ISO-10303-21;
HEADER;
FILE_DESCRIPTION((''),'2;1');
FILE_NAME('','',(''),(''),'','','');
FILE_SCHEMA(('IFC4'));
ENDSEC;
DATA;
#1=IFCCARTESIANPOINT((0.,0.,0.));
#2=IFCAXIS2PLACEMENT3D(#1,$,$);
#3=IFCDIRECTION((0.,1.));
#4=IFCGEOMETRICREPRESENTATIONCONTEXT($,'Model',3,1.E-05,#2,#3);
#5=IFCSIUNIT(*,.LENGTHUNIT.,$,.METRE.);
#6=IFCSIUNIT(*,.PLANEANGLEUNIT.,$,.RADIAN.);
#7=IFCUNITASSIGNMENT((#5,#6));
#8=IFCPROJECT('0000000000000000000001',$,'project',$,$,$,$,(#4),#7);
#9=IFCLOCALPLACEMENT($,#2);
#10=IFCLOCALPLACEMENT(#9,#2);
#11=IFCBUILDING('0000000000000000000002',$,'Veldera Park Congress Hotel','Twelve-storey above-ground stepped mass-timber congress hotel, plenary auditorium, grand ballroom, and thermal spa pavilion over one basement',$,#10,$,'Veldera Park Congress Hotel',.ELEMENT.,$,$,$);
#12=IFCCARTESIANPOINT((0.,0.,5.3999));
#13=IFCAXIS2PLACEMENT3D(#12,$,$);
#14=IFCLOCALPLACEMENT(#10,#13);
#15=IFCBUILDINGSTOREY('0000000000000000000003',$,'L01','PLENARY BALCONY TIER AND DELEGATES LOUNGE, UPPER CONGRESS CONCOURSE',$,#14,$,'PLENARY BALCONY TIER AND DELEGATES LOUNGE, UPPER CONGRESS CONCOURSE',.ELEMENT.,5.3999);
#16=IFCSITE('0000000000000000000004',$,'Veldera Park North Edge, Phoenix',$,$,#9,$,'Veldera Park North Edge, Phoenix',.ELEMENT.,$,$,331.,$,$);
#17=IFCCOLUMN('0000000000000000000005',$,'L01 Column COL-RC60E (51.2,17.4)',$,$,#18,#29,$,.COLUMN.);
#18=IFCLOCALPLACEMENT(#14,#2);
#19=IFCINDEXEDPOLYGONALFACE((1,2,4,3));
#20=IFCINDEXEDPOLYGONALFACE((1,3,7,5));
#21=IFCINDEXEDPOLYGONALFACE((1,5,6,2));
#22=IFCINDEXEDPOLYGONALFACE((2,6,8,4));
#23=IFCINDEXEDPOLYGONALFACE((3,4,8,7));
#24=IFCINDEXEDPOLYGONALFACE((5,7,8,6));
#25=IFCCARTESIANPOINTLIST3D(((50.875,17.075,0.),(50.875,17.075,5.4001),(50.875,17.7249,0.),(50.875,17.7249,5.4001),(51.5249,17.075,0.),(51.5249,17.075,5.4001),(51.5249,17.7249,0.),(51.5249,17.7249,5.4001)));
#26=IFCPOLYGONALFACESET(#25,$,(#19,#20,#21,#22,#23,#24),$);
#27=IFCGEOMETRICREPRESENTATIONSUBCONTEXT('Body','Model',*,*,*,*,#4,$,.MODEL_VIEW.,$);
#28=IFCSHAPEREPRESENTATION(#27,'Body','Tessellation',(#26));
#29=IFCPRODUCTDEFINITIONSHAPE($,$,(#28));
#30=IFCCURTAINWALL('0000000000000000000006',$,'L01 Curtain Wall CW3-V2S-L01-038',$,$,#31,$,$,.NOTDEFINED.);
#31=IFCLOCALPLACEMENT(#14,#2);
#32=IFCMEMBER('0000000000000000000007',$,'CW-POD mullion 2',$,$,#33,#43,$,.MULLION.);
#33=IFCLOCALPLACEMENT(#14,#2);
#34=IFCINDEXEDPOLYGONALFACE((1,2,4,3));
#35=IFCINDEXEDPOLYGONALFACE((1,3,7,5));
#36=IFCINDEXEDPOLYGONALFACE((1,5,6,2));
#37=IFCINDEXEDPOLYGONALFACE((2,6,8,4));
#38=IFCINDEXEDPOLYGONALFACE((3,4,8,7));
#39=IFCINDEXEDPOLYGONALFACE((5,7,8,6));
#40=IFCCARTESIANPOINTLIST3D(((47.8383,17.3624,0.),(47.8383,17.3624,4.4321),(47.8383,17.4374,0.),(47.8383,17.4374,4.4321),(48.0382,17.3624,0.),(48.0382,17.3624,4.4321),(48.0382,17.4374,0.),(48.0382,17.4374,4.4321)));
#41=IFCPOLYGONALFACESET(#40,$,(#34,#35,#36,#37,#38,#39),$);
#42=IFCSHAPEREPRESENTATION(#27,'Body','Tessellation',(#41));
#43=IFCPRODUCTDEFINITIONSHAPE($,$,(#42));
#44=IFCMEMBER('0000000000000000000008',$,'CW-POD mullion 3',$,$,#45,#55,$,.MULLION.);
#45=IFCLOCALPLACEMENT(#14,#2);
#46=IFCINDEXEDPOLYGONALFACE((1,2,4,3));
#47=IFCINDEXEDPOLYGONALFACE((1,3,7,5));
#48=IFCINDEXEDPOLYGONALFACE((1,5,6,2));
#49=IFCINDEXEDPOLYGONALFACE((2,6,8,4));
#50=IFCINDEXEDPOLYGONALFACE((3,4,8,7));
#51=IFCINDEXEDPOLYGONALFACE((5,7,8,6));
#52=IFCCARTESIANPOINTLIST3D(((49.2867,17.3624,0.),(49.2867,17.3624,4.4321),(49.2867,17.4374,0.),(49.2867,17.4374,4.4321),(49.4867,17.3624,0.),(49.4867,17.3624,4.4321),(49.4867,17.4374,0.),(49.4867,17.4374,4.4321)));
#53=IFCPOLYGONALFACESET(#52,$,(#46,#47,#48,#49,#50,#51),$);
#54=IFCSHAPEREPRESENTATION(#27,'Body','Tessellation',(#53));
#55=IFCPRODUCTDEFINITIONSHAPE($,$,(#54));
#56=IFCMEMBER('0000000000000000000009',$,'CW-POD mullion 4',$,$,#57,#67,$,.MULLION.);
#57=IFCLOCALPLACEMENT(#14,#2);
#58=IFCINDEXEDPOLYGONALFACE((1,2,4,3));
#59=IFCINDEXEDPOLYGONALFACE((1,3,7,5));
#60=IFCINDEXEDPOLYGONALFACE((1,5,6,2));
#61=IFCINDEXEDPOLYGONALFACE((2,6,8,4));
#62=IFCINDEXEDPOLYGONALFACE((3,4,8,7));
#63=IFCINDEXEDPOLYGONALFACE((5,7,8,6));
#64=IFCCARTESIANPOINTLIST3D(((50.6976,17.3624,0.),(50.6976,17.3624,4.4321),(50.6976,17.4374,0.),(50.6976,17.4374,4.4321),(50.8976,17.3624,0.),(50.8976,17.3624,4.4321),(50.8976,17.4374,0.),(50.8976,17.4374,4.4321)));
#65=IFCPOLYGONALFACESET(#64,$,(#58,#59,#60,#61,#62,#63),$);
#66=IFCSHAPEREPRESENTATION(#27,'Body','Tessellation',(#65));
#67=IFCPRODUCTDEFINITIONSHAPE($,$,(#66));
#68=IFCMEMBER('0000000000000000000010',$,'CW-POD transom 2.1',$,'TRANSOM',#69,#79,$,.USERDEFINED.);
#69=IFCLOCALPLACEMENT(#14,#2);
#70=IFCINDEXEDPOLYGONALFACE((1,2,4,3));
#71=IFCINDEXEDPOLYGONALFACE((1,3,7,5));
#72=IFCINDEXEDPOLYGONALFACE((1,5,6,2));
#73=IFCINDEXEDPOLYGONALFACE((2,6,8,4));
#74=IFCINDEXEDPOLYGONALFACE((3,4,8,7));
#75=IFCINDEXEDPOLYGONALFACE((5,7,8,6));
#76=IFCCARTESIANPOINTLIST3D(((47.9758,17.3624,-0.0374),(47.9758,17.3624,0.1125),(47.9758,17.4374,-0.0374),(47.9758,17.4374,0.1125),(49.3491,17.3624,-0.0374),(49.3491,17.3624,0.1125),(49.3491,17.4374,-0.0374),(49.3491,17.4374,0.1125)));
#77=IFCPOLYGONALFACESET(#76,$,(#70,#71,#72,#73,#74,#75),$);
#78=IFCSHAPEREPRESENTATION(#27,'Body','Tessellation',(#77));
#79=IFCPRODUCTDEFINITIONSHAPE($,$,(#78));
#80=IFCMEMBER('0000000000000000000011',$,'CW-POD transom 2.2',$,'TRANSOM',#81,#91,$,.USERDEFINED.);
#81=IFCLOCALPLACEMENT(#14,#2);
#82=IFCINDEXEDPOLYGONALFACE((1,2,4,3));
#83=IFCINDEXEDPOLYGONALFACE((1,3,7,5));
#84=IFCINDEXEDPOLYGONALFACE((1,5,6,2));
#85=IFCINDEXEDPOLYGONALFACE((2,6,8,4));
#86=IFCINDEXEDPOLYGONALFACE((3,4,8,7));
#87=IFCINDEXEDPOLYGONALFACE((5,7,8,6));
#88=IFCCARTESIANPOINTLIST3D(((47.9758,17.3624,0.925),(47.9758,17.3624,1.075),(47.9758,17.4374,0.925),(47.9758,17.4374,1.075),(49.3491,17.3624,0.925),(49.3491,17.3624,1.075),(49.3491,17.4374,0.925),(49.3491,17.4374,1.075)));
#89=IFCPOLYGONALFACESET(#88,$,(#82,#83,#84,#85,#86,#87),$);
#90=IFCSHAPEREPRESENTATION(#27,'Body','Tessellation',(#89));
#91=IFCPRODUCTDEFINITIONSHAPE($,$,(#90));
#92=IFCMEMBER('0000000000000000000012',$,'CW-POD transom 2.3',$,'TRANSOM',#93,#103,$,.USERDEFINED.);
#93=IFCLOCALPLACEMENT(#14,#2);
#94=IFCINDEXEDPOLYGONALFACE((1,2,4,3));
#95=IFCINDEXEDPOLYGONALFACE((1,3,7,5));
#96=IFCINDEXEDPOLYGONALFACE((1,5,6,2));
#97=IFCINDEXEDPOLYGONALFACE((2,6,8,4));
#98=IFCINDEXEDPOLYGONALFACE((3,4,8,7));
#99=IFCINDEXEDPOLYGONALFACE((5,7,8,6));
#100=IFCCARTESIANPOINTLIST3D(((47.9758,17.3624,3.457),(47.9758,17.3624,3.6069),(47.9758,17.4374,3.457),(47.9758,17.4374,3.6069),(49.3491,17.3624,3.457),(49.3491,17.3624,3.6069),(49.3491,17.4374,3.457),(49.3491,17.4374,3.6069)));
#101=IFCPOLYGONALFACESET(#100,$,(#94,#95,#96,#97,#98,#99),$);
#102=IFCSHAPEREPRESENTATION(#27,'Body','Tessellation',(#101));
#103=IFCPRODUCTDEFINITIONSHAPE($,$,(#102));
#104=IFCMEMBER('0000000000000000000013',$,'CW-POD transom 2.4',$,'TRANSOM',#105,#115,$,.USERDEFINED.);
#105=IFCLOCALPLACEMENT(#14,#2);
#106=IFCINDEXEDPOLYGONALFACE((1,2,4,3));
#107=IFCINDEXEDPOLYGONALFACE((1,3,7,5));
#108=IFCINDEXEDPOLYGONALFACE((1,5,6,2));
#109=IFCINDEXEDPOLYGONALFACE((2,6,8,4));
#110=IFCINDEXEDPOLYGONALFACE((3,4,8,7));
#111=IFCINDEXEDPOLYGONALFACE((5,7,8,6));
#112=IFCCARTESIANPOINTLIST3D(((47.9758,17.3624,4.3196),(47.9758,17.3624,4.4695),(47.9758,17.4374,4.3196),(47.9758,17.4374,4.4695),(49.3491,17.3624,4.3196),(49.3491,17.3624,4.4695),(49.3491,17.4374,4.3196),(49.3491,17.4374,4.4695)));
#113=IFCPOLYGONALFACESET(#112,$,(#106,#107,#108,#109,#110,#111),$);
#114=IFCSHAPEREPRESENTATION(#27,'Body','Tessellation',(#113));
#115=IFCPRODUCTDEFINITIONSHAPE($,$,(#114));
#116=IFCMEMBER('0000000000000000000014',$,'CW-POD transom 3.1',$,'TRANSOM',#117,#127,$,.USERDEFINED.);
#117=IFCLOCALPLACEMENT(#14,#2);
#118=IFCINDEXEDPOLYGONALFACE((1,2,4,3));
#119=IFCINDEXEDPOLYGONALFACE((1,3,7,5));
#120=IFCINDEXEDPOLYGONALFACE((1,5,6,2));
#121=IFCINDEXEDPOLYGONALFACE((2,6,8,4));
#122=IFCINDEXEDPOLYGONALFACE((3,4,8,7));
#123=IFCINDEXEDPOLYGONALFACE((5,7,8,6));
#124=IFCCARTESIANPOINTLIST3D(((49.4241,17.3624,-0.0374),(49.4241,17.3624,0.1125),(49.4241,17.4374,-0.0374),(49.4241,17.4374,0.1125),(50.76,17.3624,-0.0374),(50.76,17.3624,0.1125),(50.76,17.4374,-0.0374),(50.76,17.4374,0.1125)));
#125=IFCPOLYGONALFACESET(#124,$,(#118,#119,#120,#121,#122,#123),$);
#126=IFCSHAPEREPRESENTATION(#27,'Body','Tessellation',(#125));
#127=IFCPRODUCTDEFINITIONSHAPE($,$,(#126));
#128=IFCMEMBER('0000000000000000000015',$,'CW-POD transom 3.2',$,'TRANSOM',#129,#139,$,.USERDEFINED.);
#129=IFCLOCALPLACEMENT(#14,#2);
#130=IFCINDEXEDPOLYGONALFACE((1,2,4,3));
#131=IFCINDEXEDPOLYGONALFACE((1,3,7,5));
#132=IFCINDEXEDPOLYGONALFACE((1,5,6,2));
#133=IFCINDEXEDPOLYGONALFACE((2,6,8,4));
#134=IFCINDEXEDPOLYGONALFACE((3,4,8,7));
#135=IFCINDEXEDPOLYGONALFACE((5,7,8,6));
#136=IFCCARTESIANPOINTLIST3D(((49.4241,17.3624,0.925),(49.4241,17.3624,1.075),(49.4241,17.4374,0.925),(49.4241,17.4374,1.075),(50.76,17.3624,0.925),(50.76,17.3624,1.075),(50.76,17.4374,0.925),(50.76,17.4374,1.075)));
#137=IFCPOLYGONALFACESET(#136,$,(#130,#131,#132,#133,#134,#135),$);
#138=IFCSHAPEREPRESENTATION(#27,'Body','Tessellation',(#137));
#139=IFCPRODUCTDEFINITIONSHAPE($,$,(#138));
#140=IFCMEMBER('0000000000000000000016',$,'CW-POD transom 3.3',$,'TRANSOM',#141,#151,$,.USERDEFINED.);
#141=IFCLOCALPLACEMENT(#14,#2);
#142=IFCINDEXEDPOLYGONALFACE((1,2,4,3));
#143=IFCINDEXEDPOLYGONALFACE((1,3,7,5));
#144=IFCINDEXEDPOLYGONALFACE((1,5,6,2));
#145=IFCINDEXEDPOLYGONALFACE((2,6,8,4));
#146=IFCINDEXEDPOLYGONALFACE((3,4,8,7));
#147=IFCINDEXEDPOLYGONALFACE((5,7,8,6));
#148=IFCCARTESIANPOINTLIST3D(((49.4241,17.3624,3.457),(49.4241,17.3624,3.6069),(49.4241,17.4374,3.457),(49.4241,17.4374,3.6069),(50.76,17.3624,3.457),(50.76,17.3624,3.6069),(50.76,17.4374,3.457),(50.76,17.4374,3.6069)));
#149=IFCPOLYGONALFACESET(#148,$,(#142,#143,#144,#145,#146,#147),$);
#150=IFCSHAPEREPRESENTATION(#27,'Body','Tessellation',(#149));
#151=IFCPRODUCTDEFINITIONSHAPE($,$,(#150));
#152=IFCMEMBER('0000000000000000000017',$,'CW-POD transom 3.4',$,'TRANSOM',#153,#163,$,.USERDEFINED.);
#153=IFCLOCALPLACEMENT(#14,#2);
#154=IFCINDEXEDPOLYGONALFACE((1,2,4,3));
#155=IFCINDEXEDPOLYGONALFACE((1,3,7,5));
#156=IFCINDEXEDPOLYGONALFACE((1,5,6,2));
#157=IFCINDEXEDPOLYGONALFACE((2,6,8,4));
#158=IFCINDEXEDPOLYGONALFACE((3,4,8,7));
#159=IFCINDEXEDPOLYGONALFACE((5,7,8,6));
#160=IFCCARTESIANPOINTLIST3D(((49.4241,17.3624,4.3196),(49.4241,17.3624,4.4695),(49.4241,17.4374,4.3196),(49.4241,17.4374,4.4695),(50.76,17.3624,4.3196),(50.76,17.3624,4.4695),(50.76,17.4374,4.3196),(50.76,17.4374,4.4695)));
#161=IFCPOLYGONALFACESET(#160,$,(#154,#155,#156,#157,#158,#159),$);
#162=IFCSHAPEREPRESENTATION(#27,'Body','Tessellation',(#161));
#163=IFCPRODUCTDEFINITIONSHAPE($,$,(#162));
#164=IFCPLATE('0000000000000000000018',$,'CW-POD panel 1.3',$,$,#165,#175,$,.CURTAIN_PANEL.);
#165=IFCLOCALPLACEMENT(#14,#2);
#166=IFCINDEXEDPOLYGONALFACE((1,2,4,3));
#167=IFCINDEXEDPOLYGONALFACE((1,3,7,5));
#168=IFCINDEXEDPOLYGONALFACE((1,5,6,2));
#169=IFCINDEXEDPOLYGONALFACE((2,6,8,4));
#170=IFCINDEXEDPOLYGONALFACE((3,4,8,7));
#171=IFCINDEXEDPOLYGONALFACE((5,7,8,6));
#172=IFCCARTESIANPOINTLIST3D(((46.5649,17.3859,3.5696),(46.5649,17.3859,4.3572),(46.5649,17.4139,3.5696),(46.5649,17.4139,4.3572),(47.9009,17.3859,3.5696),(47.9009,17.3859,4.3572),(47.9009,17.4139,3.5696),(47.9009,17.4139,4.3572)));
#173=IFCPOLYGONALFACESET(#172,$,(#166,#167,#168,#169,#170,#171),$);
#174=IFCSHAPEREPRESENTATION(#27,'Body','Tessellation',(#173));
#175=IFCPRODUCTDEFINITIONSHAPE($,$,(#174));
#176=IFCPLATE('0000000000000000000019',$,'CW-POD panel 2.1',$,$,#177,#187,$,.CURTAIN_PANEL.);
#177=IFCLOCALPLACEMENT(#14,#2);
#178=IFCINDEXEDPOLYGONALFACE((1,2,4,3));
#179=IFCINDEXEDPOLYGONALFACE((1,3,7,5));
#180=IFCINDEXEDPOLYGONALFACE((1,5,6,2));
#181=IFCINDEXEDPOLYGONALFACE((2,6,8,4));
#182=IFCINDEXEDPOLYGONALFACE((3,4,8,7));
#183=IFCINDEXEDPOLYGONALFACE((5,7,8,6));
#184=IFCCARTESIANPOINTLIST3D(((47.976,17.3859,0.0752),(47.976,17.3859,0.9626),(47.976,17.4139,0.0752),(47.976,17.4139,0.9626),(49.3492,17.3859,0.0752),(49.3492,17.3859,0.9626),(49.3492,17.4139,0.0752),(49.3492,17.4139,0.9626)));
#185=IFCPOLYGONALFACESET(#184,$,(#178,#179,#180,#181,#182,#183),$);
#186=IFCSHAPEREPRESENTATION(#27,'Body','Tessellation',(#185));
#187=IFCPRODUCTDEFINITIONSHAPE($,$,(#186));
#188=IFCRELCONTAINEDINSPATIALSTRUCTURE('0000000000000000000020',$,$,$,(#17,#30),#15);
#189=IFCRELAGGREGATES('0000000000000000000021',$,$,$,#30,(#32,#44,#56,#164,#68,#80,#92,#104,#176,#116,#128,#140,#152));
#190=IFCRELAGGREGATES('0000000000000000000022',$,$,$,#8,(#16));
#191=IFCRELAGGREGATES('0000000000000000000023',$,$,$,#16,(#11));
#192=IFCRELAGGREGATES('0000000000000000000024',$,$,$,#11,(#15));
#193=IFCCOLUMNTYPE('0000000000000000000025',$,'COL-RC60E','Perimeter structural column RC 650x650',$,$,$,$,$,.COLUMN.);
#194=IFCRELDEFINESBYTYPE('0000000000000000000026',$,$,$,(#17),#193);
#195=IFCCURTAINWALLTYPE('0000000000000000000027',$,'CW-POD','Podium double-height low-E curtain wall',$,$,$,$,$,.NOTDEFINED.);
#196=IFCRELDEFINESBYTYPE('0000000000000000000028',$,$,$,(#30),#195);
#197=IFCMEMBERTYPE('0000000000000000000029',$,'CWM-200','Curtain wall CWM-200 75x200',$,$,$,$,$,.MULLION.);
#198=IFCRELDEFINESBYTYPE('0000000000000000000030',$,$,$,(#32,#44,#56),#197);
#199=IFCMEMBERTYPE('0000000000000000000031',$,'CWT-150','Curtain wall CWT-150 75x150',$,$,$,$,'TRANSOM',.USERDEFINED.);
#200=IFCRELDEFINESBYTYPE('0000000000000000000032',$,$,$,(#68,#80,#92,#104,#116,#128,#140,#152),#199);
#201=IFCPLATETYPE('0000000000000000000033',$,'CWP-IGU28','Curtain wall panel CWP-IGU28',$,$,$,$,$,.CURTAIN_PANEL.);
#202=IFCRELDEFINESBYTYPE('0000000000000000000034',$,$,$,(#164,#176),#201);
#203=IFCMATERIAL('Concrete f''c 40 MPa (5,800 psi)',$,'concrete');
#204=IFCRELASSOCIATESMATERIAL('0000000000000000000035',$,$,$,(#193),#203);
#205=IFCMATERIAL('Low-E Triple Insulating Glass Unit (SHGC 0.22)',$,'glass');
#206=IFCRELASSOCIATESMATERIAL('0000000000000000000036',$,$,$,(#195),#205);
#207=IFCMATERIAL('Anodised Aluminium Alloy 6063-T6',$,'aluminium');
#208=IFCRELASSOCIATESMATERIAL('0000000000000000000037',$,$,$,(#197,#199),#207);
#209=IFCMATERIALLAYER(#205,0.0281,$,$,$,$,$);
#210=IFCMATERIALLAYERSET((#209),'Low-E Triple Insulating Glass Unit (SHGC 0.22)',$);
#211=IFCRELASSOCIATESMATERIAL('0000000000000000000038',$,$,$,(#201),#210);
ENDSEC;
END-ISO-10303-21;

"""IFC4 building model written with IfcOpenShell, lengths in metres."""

from ifc_helpers import new_model, si_unit, direction, frame, origin, origin_2d, place, context, subcontext, project, spatial, rectangle, extrude, material, layer, layer_set, material_profile, profile_set, type_object, element, aggregate, save


model = new_model("IFC4")

# Units and contexts
model_context = context("Model", 3, precision=1e-05, world=origin(), true_north=direction((0.0, 1.0)))
body_context = subcontext(model_context, "Body", "Model", "MODEL_VIEW")
ifc_project = project(units=[si_unit("LENGTHUNIT", "METRE"), si_unit("PLANEANGLEUNIT", "RADIAN")], contexts=[model_context])

# Site, building, storey
site_placement = place(None, origin())
site = spatial("IfcSite", under=ifc_project, at=site_placement, Name="Veldera Park North Edge, Phoenix", LongName="Veldera Park North Edge, Phoenix", CompositionType="ELEMENT", RefElevation=331.0)
building_placement = place(site_placement, origin())
building = spatial("IfcBuilding", under=site, at=building_placement, Name="Veldera Park Congress Hotel", Description="Twelve-storey above-ground stepped mass-timber congress hotel, plenary auditorium, grand ballroom, and thermal spa pavilion over one basement", LongName="Veldera Park Congress Hotel", CompositionType="ELEMENT")
storey_placement = place(building_placement, frame((0.0, 0.0, 5.3999)))
storey = spatial("IfcBuildingStorey", under=building, at=storey_placement, Name="L01", Description="PLENARY BALCONY TIER AND DELEGATES LOUNGE, UPPER CONGRESS CONCOURSE", LongName="PLENARY BALCONY TIER AND DELEGATES LOUNGE, UPPER CONGRESS CONCOURSE", CompositionType="ELEMENT", Elevation=5.3999)

# Column
ifc_material_1 = material(Name="Concrete f'c 40 MPa (5,800 psi)", Category="concrete")
ifc_material_profile_1 = material_profile(ifc_material_1, rectangle(XDim=0.6499, YDim=0.6499, at=origin_2d()), Name="RC 650x650")
ifc_profile_set_1 = profile_set([ifc_material_profile_1], Name="Concrete f'c 40 MPa (5,800 psi)")
column_type = type_object("IfcColumnType", Name="COL-RC60E", Description="Perimeter structural column RC 650x650", PredefinedType="COLUMN", material=ifc_profile_set_1)
column_placement = place(storey_placement, frame((51.2, 17.3999, 0.0), z_axis=(0.0, 0.0, 1.0), x_axis=(1.0, 0.0, 0.0)))
element("IfcColumn", 1, at=column_placement, inside=storey, type_object=column_type, Name="L01 Column COL-RC60E (51.2,17.4)", PredefinedType="COLUMN", context=body_context, shape_type="SweptSolid", body=[
    extrude(rectangle(XDim=0.6499, YDim=0.6499, at=origin_2d()), origin(), (0.0, 0.0, 1.0), 5.4001),
])

# Curtain wall, members, plates
ifc_material_2 = material(Name="Low-E Triple Insulating Glass Unit (SHGC 0.22)", Category="glass")
curtain_wall_type = type_object("IfcCurtainWallType", Name="CW-POD", Description="Podium double-height low-E curtain wall", PredefinedType="NOTDEFINED", material=ifc_material_2)
curtain_wall_placement = place(storey_placement, origin())
curtain_wall = element("IfcCurtainWall", 2, at=curtain_wall_placement, inside=storey, type_object=curtain_wall_type, Name="L01 Curtain Wall CW3-V2S-L01-038", PredefinedType="NOTDEFINED")
ifc_material_3 = material(Name="Anodised Aluminium Alloy 6063-T6", Category="aluminium")
ifc_material_profile_2 = material_profile(ifc_material_3, rectangle(XDim=0.075, YDim=0.2, at=origin_2d()), Name="ALU 75x200")
ifc_profile_set_2 = profile_set([ifc_material_profile_2], Name="Anodised Aluminium Alloy 6063-T6")
member_type_1 = type_object("IfcMemberType", Name="CWM-200", Description="Curtain wall CWM-200 75x200", PredefinedType="MULLION", material=ifc_profile_set_2)
member_1_placement = place(storey_placement, frame((47.9382, 17.3999, 0.0), z_axis=(0.0, 0.0, 1.0), x_axis=(0.0, 1.0, 0.0)))
member_1 = element("IfcMember", 3, at=member_1_placement, type_object=member_type_1, Name="CW-POD mullion 2", PredefinedType="MULLION", context=body_context, shape_type="SweptSolid", body=[
    extrude(rectangle(XDim=0.075, YDim=0.2, at=origin_2d()), origin(), (0.0, 0.0, 1.0), 4.4321),
])
member_2_placement = place(storey_placement, frame((49.3867, 17.3999, 0.0), z_axis=(0.0, 0.0, 1.0), x_axis=(0.0, 1.0, 0.0)))
member_2 = element("IfcMember", 4, at=member_2_placement, type_object=member_type_1, Name="CW-POD mullion 3", PredefinedType="MULLION", context=body_context, shape_type="SweptSolid", body=[
    extrude(rectangle(XDim=0.075, YDim=0.2, at=origin_2d()), origin(), (0.0, 0.0, 1.0), 4.4321),
])
member_3_placement = place(storey_placement, frame((50.7976, 17.3999, 0.0), z_axis=(0.0, 0.0, 1.0), x_axis=(0.0, 1.0, 0.0)))
member_3 = element("IfcMember", 5, at=member_3_placement, type_object=member_type_1, Name="CW-POD mullion 4", PredefinedType="MULLION", context=body_context, shape_type="SweptSolid", body=[
    extrude(rectangle(XDim=0.075, YDim=0.2, at=origin_2d()), origin(), (0.0, 0.0, 1.0), 4.4321),
])
ifc_material_profile_3 = material_profile(ifc_material_3, rectangle(XDim=0.075, YDim=0.1499, at=origin_2d()), Name="ALU 75x150")
ifc_profile_set_3 = profile_set([ifc_material_profile_3], Name="Anodised Aluminium Alloy 6063-T6")
member_type_2 = type_object("IfcMemberType", Name="CWT-150", Description="Curtain wall CWT-150 75x150", ElementType="TRANSOM", PredefinedType="USERDEFINED", material=ifc_profile_set_3)
member_4_placement = place(storey_placement, frame((47.9758, 17.3999, 0.0376), z_axis=(1.0, 0.0, 0.0), x_axis=(0.0, 1.0, 0.0)))
member_4 = element("IfcMember", 6, at=member_4_placement, type_object=member_type_2, Name="CW-POD transom 2.1", ObjectType="TRANSOM", PredefinedType="USERDEFINED", context=body_context, shape_type="SweptSolid", body=[
    extrude(rectangle(XDim=0.075, YDim=0.1499, at=origin_2d()), origin(), (0.0, 0.0, 1.0), 1.3733),
])
member_5_placement = place(storey_placement, frame((47.9758, 17.3999, 1.0), z_axis=(1.0, 0.0, 0.0), x_axis=(0.0, 1.0, 0.0)))
member_5 = element("IfcMember", 7, at=member_5_placement, type_object=member_type_2, Name="CW-POD transom 2.2", ObjectType="TRANSOM", PredefinedType="USERDEFINED", context=body_context, shape_type="SweptSolid", body=[
    extrude(rectangle(XDim=0.075, YDim=0.1499, at=origin_2d()), origin(), (0.0, 0.0, 1.0), 1.3733),
])
member_6_placement = place(storey_placement, frame((47.9758, 17.3999, 3.532), z_axis=(1.0, 0.0, 0.0), x_axis=(0.0, 1.0, 0.0)))
member_6 = element("IfcMember", 8, at=member_6_placement, type_object=member_type_2, Name="CW-POD transom 2.3", ObjectType="TRANSOM", PredefinedType="USERDEFINED", context=body_context, shape_type="SweptSolid", body=[
    extrude(rectangle(XDim=0.075, YDim=0.1499, at=origin_2d()), origin(), (0.0, 0.0, 1.0), 1.3733),
])
member_7_placement = place(storey_placement, frame((47.9758, 17.3999, 4.3945), z_axis=(1.0, 0.0, 0.0), x_axis=(0.0, 1.0, 0.0)))
member_7 = element("IfcMember", 9, at=member_7_placement, type_object=member_type_2, Name="CW-POD transom 2.4", ObjectType="TRANSOM", PredefinedType="USERDEFINED", context=body_context, shape_type="SweptSolid", body=[
    extrude(rectangle(XDim=0.075, YDim=0.1499, at=origin_2d()), origin(), (0.0, 0.0, 1.0), 1.3733),
])
member_8_placement = place(storey_placement, frame((49.4241, 17.3999, 0.0376), z_axis=(1.0, 0.0, 0.0), x_axis=(0.0, 1.0, 0.0)))
member_8 = element("IfcMember", 10, at=member_8_placement, type_object=member_type_2, Name="CW-POD transom 3.1", ObjectType="TRANSOM", PredefinedType="USERDEFINED", context=body_context, shape_type="SweptSolid", body=[
    extrude(rectangle(XDim=0.075, YDim=0.1499, at=origin_2d()), origin(), (0.0, 0.0, 1.0), 1.3359),
])
member_9_placement = place(storey_placement, frame((49.4241, 17.3999, 1.0), z_axis=(1.0, 0.0, 0.0), x_axis=(0.0, 1.0, 0.0)))
member_9 = element("IfcMember", 11, at=member_9_placement, type_object=member_type_2, Name="CW-POD transom 3.2", ObjectType="TRANSOM", PredefinedType="USERDEFINED", context=body_context, shape_type="SweptSolid", body=[
    extrude(rectangle(XDim=0.075, YDim=0.1499, at=origin_2d()), origin(), (0.0, 0.0, 1.0), 1.3359),
])
member_10_placement = place(storey_placement, frame((49.4241, 17.3999, 3.532), z_axis=(1.0, 0.0, 0.0), x_axis=(0.0, 1.0, 0.0)))
member_10 = element("IfcMember", 12, at=member_10_placement, type_object=member_type_2, Name="CW-POD transom 3.3", ObjectType="TRANSOM", PredefinedType="USERDEFINED", context=body_context, shape_type="SweptSolid", body=[
    extrude(rectangle(XDim=0.075, YDim=0.1499, at=origin_2d()), origin(), (0.0, 0.0, 1.0), 1.3359),
])
member_11_placement = place(storey_placement, frame((49.4241, 17.3999, 4.3945), z_axis=(1.0, 0.0, 0.0), x_axis=(0.0, 1.0, 0.0)))
member_11 = element("IfcMember", 13, at=member_11_placement, type_object=member_type_2, Name="CW-POD transom 3.4", ObjectType="TRANSOM", PredefinedType="USERDEFINED", context=body_context, shape_type="SweptSolid", body=[
    extrude(rectangle(XDim=0.075, YDim=0.1499, at=origin_2d()), origin(), (0.0, 0.0, 1.0), 1.3359),
])
ifc_layer = layer(ifc_material_2, 0.0281)
ifc_layer_set = layer_set([ifc_layer], Name="Low-E Triple Insulating Glass Unit (SHGC 0.22)")
plate_type = type_object("IfcPlateType", Name="CWP-IGU28", Description="Curtain wall panel CWP-IGU28", PredefinedType="CURTAIN_PANEL", material=ifc_layer_set)
plate_1_placement = place(storey_placement, frame((47.2329, 17.3999, 3.5696), z_axis=(0.0, 0.0, 1.0), x_axis=(1.0, 0.0, 0.0)))
plate_1 = element("IfcPlate", 14, at=plate_1_placement, type_object=plate_type, Name="CW-POD panel 1.3", PredefinedType="CURTAIN_PANEL", context=body_context, shape_type="SweptSolid", body=[
    extrude(rectangle(XDim=1.3359, YDim=0.0281, at=origin_2d()), origin(), (0.0, 0.0, 1.0), 0.7876),
])
plate_2_placement = place(storey_placement, frame((48.6626, 17.3999, 0.0752), z_axis=(0.0, 0.0, 1.0), x_axis=(1.0, 0.0, 0.0)))
plate_2 = element("IfcPlate", 15, at=plate_2_placement, type_object=plate_type, Name="CW-POD panel 2.1", PredefinedType="CURTAIN_PANEL", context=body_context, shape_type="SweptSolid", body=[
    extrude(rectangle(XDim=1.3733, YDim=0.0281, at=origin_2d()), origin(), (0.0, 0.0, 1.0), 0.8875),
])
aggregate(curtain_wall, [member_1, member_2, member_3, plate_1, member_4, member_5, member_6, member_7, plate_2, member_8, member_9, member_10, member_11])

save(model, "model.ifc")
